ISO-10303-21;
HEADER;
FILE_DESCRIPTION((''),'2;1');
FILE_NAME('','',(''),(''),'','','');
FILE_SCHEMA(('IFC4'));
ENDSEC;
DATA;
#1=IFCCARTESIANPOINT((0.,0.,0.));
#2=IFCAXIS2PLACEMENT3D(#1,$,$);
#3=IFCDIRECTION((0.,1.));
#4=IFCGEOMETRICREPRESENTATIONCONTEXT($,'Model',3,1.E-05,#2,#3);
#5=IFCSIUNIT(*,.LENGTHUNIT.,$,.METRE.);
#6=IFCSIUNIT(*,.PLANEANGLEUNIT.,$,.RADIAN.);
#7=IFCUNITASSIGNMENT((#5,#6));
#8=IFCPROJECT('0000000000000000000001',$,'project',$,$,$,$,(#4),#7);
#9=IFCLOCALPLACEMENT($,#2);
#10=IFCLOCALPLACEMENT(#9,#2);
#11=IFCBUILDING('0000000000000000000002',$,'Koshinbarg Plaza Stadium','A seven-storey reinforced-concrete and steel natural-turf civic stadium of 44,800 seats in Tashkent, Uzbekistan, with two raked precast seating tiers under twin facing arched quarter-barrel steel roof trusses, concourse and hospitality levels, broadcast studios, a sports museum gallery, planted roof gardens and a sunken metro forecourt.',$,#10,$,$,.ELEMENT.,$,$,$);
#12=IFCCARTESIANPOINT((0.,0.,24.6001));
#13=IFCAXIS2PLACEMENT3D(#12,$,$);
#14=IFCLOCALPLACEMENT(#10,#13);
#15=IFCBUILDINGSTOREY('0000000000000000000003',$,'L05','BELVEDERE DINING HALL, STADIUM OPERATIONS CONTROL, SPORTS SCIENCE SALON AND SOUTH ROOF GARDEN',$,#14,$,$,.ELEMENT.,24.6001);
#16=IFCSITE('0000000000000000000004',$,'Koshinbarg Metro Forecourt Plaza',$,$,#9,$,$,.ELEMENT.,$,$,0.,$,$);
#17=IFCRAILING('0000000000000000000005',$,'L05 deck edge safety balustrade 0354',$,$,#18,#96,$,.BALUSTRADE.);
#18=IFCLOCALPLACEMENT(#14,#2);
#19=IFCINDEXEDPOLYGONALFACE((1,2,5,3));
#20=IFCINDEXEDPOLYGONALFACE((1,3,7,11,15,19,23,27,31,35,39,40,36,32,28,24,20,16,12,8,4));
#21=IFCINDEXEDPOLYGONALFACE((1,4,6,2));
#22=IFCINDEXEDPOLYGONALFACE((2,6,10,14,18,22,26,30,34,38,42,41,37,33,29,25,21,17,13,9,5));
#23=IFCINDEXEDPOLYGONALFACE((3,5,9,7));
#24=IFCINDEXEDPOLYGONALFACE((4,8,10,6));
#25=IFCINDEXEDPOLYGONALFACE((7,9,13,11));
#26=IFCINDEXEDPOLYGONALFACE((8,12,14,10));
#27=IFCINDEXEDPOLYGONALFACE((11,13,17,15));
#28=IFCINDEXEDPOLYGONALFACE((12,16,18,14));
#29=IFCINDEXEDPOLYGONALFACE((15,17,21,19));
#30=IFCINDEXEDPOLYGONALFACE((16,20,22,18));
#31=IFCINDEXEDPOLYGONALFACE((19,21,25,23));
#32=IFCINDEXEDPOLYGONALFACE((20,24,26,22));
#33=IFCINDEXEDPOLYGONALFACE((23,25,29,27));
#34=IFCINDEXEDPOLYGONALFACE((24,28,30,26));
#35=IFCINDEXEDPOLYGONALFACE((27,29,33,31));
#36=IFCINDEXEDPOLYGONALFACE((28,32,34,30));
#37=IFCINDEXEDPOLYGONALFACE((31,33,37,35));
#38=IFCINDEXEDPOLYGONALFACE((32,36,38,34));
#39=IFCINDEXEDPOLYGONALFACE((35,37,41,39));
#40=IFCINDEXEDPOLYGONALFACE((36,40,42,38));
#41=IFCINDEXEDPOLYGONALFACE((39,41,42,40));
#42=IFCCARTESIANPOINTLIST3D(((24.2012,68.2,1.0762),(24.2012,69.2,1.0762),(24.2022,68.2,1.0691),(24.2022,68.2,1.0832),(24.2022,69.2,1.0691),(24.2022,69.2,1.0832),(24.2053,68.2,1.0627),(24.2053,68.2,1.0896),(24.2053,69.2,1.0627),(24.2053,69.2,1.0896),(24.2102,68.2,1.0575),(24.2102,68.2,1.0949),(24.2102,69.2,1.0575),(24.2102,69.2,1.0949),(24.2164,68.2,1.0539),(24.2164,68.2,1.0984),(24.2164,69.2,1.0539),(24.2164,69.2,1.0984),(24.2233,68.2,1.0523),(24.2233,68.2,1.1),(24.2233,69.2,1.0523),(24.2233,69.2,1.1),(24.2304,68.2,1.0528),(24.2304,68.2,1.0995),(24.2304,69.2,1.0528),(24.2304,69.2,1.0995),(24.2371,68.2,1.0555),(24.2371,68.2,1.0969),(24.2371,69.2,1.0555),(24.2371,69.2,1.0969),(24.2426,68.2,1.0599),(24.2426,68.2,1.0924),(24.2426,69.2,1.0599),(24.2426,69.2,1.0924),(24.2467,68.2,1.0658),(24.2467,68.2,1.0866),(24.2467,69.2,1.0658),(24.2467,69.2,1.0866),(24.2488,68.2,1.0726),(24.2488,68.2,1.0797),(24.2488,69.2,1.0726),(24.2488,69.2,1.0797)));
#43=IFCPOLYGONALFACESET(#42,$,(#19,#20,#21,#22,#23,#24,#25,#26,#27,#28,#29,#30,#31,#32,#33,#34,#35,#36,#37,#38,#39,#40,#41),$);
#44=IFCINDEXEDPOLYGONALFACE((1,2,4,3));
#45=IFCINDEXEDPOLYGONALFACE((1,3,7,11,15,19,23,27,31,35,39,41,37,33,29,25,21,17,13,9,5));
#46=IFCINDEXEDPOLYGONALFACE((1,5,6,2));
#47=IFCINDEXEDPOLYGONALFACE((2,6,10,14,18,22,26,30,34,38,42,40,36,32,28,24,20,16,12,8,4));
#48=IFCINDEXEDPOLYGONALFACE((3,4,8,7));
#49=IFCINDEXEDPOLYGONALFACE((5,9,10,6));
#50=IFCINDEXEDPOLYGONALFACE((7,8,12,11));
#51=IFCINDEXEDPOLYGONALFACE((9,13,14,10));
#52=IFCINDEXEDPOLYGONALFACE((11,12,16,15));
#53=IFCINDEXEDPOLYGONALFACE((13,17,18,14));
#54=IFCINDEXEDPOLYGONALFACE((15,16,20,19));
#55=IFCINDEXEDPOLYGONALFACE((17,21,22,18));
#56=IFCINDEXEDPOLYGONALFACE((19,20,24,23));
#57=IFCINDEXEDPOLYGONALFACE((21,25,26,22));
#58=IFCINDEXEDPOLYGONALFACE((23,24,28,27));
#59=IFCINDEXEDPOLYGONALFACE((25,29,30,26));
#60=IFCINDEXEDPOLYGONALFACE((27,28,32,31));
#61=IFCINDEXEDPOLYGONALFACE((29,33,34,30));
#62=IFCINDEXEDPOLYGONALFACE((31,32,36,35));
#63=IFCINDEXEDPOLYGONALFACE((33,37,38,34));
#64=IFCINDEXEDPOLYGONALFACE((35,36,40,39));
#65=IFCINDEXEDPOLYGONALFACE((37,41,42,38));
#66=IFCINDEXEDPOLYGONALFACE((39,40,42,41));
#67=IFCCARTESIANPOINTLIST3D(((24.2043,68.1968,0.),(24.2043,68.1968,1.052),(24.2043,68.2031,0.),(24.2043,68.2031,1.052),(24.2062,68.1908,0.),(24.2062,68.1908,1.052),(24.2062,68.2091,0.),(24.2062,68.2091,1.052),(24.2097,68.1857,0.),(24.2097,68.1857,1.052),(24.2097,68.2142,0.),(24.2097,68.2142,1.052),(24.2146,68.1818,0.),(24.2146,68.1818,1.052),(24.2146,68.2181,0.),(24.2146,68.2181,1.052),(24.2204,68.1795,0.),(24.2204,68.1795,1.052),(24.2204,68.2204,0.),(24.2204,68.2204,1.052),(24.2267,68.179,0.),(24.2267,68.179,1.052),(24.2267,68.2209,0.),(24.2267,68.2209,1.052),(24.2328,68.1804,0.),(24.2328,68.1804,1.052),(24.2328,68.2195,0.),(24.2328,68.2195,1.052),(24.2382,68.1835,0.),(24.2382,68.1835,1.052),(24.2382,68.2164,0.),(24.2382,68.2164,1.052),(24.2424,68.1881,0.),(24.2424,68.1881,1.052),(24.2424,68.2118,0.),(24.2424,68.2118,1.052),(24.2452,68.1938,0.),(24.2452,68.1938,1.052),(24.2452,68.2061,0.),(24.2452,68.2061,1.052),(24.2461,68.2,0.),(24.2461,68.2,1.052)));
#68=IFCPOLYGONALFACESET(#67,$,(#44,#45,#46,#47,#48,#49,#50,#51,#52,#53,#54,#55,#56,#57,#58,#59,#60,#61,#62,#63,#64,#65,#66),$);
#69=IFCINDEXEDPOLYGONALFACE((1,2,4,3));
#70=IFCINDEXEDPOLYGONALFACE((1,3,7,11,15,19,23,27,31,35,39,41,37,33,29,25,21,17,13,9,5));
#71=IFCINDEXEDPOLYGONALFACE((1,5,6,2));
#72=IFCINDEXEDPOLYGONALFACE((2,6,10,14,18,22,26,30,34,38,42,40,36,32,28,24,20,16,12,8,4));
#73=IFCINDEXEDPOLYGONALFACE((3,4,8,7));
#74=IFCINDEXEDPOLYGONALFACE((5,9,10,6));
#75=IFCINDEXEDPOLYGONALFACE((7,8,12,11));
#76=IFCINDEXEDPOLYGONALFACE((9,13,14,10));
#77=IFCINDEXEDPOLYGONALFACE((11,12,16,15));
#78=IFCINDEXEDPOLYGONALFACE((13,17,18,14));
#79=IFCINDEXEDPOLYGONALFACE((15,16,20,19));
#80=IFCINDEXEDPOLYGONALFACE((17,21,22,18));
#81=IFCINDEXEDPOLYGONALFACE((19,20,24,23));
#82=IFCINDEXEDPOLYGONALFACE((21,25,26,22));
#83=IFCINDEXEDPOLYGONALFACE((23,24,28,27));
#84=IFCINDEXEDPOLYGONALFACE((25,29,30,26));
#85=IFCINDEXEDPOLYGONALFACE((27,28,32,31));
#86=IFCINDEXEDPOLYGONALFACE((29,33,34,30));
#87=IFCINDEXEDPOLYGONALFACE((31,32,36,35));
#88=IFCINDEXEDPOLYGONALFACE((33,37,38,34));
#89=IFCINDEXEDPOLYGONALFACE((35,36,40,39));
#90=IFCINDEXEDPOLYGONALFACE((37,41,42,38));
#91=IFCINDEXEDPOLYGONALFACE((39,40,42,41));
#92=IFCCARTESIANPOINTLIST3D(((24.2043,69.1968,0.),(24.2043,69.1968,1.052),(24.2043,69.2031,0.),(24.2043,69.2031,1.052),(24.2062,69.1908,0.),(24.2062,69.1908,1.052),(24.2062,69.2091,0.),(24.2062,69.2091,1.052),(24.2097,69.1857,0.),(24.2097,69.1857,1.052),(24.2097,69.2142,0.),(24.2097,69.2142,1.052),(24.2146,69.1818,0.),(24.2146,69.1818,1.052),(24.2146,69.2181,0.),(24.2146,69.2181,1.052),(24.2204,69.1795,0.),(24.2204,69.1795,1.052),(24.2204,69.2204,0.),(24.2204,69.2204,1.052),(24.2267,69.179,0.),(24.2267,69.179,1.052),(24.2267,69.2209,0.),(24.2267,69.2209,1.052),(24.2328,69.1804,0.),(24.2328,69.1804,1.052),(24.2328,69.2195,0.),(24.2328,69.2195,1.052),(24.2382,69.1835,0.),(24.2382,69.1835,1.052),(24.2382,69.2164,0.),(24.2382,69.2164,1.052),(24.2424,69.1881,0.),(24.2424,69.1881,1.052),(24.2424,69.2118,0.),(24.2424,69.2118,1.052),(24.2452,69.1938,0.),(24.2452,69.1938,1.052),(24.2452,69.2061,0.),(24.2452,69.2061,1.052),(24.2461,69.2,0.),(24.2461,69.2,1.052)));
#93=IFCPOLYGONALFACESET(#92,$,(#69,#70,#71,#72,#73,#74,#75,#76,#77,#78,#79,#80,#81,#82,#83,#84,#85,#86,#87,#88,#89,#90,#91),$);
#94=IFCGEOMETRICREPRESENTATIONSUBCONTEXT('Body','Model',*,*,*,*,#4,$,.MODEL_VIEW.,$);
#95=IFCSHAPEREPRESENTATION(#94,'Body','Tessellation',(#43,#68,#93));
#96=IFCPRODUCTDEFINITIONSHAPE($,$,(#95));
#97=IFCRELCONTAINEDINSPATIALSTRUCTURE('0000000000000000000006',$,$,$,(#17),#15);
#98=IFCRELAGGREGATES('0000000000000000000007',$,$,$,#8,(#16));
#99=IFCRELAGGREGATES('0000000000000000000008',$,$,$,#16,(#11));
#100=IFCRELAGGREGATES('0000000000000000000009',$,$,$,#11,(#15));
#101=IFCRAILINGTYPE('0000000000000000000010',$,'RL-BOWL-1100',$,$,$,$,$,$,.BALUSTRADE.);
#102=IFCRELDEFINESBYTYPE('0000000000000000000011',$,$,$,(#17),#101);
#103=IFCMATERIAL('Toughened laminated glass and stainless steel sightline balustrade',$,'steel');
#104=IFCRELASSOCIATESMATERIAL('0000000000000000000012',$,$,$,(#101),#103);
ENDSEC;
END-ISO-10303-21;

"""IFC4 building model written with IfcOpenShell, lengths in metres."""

from ifc_helpers import new_model, si_unit, direction, frame, origin, origin_2d, place, context, subcontext, project, spatial, circle, extrude, material, type_object, element, save


model = new_model("IFC4")

# Units and contexts
model_context = context("Model", 3, precision=1e-05, world=origin(), true_north=direction((0.0, 1.0)))
body_context = subcontext(model_context, "Body", "Model", "MODEL_VIEW")
ifc_project = project(units=[si_unit("LENGTHUNIT", "METRE"), si_unit("PLANEANGLEUNIT", "RADIAN")], contexts=[model_context])

# Site, building, storey
site_placement = place(None, origin())
site = spatial("IfcSite", under=ifc_project, at=site_placement, Name="Koshinbarg Metro Forecourt Plaza", CompositionType="ELEMENT", RefElevation=0.0)
building_placement = place(site_placement, origin())
building = spatial("IfcBuilding", under=site, at=building_placement, Name="Koshinbarg Plaza Stadium", Description="A seven-storey reinforced-concrete and steel natural-turf civic stadium of 44,800 seats in Tashkent, Uzbekistan, with two raked precast seating tiers under twin facing arched quarter-barrel steel roof trusses, concourse and hospitality levels, broadcast studios, a sports museum gallery, planted roof gardens and a sunken metro forecourt.", CompositionType="ELEMENT")
storey_placement = place(building_placement, frame((0.0, 0.0, 24.6001)))
storey = spatial("IfcBuildingStorey", under=building, at=storey_placement, Name="L05", Description="BELVEDERE DINING HALL, STADIUM OPERATIONS CONTROL, SPORTS SCIENCE SALON AND SOUTH ROOF GARDEN", CompositionType="ELEMENT", Elevation=24.6001)

# Railing
ifc_material_1 = material(Name="Toughened laminated glass and stainless steel sightline balustrade", Category="steel")
railing_type_1 = type_object("IfcRailingType", Name="RL-BOWL-1100", PredefinedType="BALUSTRADE", material=ifc_material_1)
railing_1_placement = place(storey_placement, frame((24.2251, 68.2, 0.0)))
element("IfcRailing", 1, at=railing_1_placement, inside=storey, type_object=railing_type_1, Name="L05 deck edge safety balustrade 0354", PredefinedType="BALUSTRADE", context=body_context, shape_type="SweptSolid", body=[
    extrude(circle(Radius=0.0239, at=origin_2d()), frame((0.0, 0.0, 1.0762), z_axis=(0.0, 1.0, 0.0), x_axis=(-1.0, 0.0, 0.0)), (0.0, 0.0, 1.0), 1.0),
    extrude(circle(Radius=0.021, at=origin_2d()), origin(), (0.0, 0.0, 1.0), 1.052),
    extrude(circle(Radius=0.021, at=origin_2d()), frame((0.0, 1.0, 0.0)), (0.0, 0.0, 1.0), 1.052),
])

save(model, "model.ifc")
